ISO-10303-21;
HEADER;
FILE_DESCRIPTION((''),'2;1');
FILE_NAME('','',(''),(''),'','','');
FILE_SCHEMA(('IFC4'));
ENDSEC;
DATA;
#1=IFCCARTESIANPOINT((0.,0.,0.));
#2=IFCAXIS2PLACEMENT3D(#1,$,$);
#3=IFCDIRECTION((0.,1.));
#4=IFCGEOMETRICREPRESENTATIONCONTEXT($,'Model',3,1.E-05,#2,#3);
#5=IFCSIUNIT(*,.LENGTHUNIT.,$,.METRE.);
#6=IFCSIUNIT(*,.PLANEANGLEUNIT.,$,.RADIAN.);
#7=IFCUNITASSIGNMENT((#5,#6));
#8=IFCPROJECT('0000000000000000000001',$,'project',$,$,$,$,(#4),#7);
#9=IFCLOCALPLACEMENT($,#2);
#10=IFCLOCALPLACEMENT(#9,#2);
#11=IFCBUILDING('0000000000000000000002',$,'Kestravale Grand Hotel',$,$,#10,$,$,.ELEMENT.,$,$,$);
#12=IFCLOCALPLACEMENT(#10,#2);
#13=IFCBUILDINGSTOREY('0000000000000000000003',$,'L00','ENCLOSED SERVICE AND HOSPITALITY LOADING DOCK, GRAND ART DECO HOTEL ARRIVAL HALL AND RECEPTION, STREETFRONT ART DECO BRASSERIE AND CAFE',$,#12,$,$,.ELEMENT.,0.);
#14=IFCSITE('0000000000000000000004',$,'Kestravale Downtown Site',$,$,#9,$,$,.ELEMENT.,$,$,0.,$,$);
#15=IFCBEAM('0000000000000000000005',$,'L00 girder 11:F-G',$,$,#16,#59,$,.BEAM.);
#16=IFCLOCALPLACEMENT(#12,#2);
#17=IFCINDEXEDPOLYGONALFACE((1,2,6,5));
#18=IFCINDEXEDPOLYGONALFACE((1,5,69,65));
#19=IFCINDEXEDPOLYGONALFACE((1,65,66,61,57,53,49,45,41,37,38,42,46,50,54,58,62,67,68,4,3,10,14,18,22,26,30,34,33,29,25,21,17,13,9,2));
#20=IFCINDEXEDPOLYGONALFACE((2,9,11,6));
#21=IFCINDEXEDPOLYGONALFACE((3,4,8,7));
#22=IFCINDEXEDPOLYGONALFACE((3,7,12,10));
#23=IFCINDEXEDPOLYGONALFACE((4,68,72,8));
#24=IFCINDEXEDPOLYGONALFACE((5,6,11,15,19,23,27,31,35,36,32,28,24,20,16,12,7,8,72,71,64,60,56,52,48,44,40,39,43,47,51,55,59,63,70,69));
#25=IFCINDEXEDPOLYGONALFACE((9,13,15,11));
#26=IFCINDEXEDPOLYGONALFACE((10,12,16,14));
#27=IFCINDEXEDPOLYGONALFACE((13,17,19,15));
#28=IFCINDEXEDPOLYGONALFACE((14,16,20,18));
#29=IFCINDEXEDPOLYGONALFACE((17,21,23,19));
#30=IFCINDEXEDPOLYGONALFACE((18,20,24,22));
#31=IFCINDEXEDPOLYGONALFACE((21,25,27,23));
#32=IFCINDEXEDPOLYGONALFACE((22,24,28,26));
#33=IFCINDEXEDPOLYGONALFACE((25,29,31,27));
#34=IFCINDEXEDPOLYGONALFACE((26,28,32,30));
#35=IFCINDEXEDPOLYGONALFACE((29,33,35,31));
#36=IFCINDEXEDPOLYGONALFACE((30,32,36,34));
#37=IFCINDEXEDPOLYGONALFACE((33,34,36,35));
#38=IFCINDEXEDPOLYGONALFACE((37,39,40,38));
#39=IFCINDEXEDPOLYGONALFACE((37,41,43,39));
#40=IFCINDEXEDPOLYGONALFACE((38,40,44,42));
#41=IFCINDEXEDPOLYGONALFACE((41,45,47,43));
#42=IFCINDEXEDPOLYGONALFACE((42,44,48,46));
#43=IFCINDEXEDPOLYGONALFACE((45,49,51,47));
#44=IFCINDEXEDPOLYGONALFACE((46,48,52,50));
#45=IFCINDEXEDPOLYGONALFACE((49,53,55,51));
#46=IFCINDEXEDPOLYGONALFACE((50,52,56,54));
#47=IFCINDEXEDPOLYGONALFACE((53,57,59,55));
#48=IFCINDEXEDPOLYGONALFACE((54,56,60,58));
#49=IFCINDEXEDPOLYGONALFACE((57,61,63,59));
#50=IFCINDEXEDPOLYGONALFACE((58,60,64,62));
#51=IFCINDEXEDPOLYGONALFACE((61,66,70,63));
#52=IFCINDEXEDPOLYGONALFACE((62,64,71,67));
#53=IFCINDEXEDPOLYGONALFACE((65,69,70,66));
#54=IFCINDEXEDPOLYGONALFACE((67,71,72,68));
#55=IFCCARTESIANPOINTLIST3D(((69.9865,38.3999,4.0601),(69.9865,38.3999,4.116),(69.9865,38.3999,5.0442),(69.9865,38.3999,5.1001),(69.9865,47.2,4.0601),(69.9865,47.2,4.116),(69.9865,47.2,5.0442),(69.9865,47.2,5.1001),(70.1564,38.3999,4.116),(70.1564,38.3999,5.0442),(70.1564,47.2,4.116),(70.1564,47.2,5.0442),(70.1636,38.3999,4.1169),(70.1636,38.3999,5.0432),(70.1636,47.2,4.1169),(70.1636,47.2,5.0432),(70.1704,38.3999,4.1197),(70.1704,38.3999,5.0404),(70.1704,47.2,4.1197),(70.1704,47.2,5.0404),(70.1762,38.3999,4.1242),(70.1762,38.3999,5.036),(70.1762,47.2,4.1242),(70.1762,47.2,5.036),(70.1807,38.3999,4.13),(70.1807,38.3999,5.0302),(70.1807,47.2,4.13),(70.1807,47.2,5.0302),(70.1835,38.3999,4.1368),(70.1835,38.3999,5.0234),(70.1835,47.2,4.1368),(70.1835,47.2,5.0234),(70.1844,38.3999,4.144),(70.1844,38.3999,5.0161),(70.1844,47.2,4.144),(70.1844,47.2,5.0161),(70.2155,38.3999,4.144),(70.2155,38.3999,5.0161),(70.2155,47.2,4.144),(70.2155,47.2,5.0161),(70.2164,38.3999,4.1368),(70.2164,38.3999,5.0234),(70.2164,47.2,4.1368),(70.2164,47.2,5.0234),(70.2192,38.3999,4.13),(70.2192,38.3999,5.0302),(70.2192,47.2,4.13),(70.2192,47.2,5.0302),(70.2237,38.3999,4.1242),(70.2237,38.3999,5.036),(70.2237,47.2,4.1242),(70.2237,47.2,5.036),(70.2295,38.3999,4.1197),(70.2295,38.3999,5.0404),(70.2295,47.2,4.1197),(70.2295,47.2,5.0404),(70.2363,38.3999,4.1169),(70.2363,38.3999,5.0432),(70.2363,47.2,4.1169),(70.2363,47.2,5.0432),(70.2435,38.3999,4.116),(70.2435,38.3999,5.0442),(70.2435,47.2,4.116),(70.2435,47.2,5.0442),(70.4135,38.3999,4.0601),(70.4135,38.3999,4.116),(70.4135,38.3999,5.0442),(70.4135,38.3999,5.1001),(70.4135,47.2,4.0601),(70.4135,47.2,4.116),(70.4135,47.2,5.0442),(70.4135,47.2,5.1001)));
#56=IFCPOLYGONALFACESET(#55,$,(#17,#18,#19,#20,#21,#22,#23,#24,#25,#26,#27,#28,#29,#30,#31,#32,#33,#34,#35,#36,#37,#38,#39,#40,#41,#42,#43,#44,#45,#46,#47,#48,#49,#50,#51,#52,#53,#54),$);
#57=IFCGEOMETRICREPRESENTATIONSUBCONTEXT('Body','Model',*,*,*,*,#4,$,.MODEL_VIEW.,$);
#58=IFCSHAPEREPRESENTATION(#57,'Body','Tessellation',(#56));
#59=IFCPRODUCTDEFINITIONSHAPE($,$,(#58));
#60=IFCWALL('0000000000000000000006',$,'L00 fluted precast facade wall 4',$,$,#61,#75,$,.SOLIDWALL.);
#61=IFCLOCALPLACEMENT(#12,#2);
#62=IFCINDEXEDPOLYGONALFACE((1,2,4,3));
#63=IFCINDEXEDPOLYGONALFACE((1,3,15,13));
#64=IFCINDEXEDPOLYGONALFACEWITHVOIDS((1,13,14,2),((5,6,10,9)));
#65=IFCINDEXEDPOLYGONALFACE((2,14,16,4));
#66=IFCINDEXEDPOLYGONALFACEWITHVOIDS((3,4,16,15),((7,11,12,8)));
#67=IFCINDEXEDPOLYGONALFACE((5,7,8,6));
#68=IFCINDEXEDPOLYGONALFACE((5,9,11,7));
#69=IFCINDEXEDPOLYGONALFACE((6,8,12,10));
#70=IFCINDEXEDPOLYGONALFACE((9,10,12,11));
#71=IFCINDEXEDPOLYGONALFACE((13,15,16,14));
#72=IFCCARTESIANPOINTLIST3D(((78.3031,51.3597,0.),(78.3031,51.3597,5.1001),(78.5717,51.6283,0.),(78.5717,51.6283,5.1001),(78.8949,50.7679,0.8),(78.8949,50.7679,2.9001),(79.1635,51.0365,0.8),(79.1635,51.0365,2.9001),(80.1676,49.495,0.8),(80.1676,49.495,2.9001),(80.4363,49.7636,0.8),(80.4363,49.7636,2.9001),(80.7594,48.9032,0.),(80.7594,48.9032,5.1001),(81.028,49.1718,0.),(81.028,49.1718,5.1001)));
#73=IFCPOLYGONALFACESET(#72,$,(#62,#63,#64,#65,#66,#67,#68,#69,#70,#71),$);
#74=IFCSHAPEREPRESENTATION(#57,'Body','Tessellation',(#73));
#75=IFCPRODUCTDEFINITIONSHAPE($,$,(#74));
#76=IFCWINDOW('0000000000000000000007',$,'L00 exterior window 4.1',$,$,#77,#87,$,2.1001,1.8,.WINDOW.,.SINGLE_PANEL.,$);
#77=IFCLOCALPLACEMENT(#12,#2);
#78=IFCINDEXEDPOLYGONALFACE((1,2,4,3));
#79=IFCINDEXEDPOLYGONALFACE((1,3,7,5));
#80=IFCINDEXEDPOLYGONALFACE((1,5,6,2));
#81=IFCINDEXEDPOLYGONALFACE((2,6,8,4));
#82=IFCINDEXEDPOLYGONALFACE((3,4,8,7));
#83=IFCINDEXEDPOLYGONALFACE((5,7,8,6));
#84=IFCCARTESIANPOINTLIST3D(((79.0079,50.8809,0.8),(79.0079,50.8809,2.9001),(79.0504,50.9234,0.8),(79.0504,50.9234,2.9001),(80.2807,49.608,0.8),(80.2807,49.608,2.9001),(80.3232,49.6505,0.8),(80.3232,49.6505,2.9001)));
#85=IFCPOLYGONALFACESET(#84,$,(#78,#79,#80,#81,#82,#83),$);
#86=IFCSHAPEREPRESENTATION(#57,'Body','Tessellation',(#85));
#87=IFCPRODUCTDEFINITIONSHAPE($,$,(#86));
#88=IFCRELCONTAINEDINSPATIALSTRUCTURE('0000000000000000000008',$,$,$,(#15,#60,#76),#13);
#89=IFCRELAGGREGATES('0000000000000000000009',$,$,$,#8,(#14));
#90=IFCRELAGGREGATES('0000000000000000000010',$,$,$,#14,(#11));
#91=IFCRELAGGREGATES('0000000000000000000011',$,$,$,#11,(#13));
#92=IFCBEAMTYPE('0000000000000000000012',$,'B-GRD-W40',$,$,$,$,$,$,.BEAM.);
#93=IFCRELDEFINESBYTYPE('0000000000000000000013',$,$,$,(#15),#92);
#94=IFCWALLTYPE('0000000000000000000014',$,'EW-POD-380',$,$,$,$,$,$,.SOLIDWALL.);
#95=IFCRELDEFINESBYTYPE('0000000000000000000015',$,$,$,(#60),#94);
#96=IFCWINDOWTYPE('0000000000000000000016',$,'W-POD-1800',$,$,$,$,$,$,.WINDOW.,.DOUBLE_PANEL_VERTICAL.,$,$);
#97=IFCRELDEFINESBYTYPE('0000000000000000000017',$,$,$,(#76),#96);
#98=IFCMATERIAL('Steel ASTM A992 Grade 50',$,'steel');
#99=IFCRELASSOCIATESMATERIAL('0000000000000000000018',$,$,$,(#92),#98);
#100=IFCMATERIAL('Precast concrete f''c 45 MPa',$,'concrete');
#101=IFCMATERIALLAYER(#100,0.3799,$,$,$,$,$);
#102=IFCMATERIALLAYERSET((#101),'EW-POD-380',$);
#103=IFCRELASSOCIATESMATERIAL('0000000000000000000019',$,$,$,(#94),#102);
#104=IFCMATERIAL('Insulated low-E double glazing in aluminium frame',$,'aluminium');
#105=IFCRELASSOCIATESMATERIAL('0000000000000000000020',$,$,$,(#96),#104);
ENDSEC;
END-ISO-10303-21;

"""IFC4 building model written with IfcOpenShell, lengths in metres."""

from ifc_helpers import new_model, si_unit, direction, frame, frame_2d, origin, origin_2d, place, context, subcontext, project, spatial, rectangle, i_section, extrude, material, layer, layer_set, material_profile, profile_set, type_object, element, fill, save


model = new_model("IFC4")

# Units and contexts
model_context = context("Model", 3, precision=1e-05, world=origin(), true_north=direction((0.0, 1.0)))
body_context = subcontext(model_context, "Body", "Model", "MODEL_VIEW")
ifc_project = project(units=[si_unit("LENGTHUNIT", "METRE"), si_unit("PLANEANGLEUNIT", "RADIAN")], contexts=[model_context])

# Site, building, storey
site_placement = place(None, origin())
site = spatial("IfcSite", under=ifc_project, at=site_placement, Name="Kestravale Downtown Site", CompositionType="ELEMENT", RefElevation=0.0)
building_placement = place(site_placement, origin())
building = spatial("IfcBuilding", under=site, at=building_placement, Name="Kestravale Grand Hotel", CompositionType="ELEMENT")
storey_placement = place(building_placement, origin())
storey = spatial("IfcBuildingStorey", under=building, at=storey_placement, Name="L00", Description="ENCLOSED SERVICE AND HOSPITALITY LOADING DOCK, GRAND ART DECO HOTEL ARRIVAL HALL AND RECEPTION, STREETFRONT ART DECO BRASSERIE AND CAFE", CompositionType="ELEMENT", Elevation=0.0)

# Beam
ifc_material_1 = material(Name="Steel ASTM A992 Grade 50", Category="steel")
ifc_material_profile_1 = material_profile(ifc_material_1, i_section(OverallWidth=0.427, OverallDepth=1.04, WebThickness=0.031, FlangeThickness=0.0559, FilletRadius=0.0281, at=origin_2d()))
ifc_profile_set_1 = profile_set([ifc_material_profile_1], Name="Steel ASTM A992 Grade 50")
beam_type_1 = type_object("IfcBeamType", Name="B-GRD-W40", PredefinedType="BEAM", material=ifc_profile_set_1)
beam_1_placement = place(storey_placement, frame((70.2, 38.3999, 4.5801), z_axis=(0.0, 1.0, 0.0), x_axis=(-1.0, 0.0, 0.0)))
element("IfcBeam", 1, at=beam_1_placement, inside=storey, type_object=beam_type_1, Name="L00 girder 11:F-G", PredefinedType="BEAM", context=body_context, shape_type="SweptSolid", body=[
    extrude(i_section(OverallWidth=0.427, OverallDepth=1.04, WebThickness=0.031, FlangeThickness=0.0559, FilletRadius=0.0281, at=origin_2d()), origin(), (0.0, 0.0, 1.0), 8.8),
])

# Shared definitions
ifc_material_2 = material(Name="Precast concrete f'c 45 MPa", Category="concrete")
ifc_layer = layer(ifc_material_2, 0.3799)
ifc_layer_set = layer_set([ifc_layer], Name="EW-POD-380")
wall_type = type_object("IfcWallType", Name="EW-POD-380", PredefinedType="SOLIDWALL", material=ifc_layer_set)

# Wall, opening, window
wall_1_placement = place(storey_placement, frame((78.4375, 51.4939, 0.0), z_axis=(0.0, 0.0, 1.0), x_axis=(0.707072, -0.707142, 0.0)))
wall_1 = element("IfcWall", 2, at=wall_1_placement, inside=storey, type_object=wall_type, Name="L00 fluted precast facade wall 4", PredefinedType="SOLIDWALL", context=body_context, shape_type="SweptSolid", body=[
    extrude(rectangle(XDim=3.4739, YDim=0.3799, at=frame_2d((1.7368, 0.0))), origin(), (0.0, 0.0, 1.0), 5.1001),
])
opening_1_placement = place(wall_1_placement, frame((0.8369, 0.0, 0.8)))
opening_1 = element("IfcOpeningElement", 3, at=opening_1_placement, cuts=wall_1, PredefinedType="OPENING", context=body_context, shape_type="SweptSolid", body=[
    extrude(rectangle(XDim=1.8, YDim=2.1001, at=frame_2d((0.8999, 1.05))), frame((0.0, 0.2, 0.0), z_axis=(0.0, -1.0, 0.0), x_axis=(1.0, 0.0, 0.0)), (0.0, 0.0, 1.0), 0.3999),
])
ifc_material_3 = material(Name="Insulated low-E double glazing in aluminium frame", Category="aluminium")
window_type_1 = type_object("IfcWindowType", Name="W-POD-1800", PartitioningType="DOUBLE_PANEL_VERTICAL", PredefinedType="WINDOW", material=ifc_material_3)
window_1_placement = place(opening_1_placement, origin())
window_1 = element("IfcWindow", 4, at=window_1_placement, inside=storey, type_object=window_type_1, Name="L00 exterior window 4.1", OverallHeight=2.1001, OverallWidth=1.8, PartitioningType="SINGLE_PANEL", PredefinedType="WINDOW", context=body_context, shape_type="SweptSolid", body=[
    extrude(rectangle(XDim=1.8, YDim=2.1001, at=frame_2d((0.8999, 1.05))), frame((0.0, 0.03, 0.0), z_axis=(0.0, -1.0, 0.0), x_axis=(1.0, 0.0, 0.0)), (0.0, 0.0, 1.0), 0.0601),
])
fill(opening_1, window_1)

save(model, "model.ifc")
